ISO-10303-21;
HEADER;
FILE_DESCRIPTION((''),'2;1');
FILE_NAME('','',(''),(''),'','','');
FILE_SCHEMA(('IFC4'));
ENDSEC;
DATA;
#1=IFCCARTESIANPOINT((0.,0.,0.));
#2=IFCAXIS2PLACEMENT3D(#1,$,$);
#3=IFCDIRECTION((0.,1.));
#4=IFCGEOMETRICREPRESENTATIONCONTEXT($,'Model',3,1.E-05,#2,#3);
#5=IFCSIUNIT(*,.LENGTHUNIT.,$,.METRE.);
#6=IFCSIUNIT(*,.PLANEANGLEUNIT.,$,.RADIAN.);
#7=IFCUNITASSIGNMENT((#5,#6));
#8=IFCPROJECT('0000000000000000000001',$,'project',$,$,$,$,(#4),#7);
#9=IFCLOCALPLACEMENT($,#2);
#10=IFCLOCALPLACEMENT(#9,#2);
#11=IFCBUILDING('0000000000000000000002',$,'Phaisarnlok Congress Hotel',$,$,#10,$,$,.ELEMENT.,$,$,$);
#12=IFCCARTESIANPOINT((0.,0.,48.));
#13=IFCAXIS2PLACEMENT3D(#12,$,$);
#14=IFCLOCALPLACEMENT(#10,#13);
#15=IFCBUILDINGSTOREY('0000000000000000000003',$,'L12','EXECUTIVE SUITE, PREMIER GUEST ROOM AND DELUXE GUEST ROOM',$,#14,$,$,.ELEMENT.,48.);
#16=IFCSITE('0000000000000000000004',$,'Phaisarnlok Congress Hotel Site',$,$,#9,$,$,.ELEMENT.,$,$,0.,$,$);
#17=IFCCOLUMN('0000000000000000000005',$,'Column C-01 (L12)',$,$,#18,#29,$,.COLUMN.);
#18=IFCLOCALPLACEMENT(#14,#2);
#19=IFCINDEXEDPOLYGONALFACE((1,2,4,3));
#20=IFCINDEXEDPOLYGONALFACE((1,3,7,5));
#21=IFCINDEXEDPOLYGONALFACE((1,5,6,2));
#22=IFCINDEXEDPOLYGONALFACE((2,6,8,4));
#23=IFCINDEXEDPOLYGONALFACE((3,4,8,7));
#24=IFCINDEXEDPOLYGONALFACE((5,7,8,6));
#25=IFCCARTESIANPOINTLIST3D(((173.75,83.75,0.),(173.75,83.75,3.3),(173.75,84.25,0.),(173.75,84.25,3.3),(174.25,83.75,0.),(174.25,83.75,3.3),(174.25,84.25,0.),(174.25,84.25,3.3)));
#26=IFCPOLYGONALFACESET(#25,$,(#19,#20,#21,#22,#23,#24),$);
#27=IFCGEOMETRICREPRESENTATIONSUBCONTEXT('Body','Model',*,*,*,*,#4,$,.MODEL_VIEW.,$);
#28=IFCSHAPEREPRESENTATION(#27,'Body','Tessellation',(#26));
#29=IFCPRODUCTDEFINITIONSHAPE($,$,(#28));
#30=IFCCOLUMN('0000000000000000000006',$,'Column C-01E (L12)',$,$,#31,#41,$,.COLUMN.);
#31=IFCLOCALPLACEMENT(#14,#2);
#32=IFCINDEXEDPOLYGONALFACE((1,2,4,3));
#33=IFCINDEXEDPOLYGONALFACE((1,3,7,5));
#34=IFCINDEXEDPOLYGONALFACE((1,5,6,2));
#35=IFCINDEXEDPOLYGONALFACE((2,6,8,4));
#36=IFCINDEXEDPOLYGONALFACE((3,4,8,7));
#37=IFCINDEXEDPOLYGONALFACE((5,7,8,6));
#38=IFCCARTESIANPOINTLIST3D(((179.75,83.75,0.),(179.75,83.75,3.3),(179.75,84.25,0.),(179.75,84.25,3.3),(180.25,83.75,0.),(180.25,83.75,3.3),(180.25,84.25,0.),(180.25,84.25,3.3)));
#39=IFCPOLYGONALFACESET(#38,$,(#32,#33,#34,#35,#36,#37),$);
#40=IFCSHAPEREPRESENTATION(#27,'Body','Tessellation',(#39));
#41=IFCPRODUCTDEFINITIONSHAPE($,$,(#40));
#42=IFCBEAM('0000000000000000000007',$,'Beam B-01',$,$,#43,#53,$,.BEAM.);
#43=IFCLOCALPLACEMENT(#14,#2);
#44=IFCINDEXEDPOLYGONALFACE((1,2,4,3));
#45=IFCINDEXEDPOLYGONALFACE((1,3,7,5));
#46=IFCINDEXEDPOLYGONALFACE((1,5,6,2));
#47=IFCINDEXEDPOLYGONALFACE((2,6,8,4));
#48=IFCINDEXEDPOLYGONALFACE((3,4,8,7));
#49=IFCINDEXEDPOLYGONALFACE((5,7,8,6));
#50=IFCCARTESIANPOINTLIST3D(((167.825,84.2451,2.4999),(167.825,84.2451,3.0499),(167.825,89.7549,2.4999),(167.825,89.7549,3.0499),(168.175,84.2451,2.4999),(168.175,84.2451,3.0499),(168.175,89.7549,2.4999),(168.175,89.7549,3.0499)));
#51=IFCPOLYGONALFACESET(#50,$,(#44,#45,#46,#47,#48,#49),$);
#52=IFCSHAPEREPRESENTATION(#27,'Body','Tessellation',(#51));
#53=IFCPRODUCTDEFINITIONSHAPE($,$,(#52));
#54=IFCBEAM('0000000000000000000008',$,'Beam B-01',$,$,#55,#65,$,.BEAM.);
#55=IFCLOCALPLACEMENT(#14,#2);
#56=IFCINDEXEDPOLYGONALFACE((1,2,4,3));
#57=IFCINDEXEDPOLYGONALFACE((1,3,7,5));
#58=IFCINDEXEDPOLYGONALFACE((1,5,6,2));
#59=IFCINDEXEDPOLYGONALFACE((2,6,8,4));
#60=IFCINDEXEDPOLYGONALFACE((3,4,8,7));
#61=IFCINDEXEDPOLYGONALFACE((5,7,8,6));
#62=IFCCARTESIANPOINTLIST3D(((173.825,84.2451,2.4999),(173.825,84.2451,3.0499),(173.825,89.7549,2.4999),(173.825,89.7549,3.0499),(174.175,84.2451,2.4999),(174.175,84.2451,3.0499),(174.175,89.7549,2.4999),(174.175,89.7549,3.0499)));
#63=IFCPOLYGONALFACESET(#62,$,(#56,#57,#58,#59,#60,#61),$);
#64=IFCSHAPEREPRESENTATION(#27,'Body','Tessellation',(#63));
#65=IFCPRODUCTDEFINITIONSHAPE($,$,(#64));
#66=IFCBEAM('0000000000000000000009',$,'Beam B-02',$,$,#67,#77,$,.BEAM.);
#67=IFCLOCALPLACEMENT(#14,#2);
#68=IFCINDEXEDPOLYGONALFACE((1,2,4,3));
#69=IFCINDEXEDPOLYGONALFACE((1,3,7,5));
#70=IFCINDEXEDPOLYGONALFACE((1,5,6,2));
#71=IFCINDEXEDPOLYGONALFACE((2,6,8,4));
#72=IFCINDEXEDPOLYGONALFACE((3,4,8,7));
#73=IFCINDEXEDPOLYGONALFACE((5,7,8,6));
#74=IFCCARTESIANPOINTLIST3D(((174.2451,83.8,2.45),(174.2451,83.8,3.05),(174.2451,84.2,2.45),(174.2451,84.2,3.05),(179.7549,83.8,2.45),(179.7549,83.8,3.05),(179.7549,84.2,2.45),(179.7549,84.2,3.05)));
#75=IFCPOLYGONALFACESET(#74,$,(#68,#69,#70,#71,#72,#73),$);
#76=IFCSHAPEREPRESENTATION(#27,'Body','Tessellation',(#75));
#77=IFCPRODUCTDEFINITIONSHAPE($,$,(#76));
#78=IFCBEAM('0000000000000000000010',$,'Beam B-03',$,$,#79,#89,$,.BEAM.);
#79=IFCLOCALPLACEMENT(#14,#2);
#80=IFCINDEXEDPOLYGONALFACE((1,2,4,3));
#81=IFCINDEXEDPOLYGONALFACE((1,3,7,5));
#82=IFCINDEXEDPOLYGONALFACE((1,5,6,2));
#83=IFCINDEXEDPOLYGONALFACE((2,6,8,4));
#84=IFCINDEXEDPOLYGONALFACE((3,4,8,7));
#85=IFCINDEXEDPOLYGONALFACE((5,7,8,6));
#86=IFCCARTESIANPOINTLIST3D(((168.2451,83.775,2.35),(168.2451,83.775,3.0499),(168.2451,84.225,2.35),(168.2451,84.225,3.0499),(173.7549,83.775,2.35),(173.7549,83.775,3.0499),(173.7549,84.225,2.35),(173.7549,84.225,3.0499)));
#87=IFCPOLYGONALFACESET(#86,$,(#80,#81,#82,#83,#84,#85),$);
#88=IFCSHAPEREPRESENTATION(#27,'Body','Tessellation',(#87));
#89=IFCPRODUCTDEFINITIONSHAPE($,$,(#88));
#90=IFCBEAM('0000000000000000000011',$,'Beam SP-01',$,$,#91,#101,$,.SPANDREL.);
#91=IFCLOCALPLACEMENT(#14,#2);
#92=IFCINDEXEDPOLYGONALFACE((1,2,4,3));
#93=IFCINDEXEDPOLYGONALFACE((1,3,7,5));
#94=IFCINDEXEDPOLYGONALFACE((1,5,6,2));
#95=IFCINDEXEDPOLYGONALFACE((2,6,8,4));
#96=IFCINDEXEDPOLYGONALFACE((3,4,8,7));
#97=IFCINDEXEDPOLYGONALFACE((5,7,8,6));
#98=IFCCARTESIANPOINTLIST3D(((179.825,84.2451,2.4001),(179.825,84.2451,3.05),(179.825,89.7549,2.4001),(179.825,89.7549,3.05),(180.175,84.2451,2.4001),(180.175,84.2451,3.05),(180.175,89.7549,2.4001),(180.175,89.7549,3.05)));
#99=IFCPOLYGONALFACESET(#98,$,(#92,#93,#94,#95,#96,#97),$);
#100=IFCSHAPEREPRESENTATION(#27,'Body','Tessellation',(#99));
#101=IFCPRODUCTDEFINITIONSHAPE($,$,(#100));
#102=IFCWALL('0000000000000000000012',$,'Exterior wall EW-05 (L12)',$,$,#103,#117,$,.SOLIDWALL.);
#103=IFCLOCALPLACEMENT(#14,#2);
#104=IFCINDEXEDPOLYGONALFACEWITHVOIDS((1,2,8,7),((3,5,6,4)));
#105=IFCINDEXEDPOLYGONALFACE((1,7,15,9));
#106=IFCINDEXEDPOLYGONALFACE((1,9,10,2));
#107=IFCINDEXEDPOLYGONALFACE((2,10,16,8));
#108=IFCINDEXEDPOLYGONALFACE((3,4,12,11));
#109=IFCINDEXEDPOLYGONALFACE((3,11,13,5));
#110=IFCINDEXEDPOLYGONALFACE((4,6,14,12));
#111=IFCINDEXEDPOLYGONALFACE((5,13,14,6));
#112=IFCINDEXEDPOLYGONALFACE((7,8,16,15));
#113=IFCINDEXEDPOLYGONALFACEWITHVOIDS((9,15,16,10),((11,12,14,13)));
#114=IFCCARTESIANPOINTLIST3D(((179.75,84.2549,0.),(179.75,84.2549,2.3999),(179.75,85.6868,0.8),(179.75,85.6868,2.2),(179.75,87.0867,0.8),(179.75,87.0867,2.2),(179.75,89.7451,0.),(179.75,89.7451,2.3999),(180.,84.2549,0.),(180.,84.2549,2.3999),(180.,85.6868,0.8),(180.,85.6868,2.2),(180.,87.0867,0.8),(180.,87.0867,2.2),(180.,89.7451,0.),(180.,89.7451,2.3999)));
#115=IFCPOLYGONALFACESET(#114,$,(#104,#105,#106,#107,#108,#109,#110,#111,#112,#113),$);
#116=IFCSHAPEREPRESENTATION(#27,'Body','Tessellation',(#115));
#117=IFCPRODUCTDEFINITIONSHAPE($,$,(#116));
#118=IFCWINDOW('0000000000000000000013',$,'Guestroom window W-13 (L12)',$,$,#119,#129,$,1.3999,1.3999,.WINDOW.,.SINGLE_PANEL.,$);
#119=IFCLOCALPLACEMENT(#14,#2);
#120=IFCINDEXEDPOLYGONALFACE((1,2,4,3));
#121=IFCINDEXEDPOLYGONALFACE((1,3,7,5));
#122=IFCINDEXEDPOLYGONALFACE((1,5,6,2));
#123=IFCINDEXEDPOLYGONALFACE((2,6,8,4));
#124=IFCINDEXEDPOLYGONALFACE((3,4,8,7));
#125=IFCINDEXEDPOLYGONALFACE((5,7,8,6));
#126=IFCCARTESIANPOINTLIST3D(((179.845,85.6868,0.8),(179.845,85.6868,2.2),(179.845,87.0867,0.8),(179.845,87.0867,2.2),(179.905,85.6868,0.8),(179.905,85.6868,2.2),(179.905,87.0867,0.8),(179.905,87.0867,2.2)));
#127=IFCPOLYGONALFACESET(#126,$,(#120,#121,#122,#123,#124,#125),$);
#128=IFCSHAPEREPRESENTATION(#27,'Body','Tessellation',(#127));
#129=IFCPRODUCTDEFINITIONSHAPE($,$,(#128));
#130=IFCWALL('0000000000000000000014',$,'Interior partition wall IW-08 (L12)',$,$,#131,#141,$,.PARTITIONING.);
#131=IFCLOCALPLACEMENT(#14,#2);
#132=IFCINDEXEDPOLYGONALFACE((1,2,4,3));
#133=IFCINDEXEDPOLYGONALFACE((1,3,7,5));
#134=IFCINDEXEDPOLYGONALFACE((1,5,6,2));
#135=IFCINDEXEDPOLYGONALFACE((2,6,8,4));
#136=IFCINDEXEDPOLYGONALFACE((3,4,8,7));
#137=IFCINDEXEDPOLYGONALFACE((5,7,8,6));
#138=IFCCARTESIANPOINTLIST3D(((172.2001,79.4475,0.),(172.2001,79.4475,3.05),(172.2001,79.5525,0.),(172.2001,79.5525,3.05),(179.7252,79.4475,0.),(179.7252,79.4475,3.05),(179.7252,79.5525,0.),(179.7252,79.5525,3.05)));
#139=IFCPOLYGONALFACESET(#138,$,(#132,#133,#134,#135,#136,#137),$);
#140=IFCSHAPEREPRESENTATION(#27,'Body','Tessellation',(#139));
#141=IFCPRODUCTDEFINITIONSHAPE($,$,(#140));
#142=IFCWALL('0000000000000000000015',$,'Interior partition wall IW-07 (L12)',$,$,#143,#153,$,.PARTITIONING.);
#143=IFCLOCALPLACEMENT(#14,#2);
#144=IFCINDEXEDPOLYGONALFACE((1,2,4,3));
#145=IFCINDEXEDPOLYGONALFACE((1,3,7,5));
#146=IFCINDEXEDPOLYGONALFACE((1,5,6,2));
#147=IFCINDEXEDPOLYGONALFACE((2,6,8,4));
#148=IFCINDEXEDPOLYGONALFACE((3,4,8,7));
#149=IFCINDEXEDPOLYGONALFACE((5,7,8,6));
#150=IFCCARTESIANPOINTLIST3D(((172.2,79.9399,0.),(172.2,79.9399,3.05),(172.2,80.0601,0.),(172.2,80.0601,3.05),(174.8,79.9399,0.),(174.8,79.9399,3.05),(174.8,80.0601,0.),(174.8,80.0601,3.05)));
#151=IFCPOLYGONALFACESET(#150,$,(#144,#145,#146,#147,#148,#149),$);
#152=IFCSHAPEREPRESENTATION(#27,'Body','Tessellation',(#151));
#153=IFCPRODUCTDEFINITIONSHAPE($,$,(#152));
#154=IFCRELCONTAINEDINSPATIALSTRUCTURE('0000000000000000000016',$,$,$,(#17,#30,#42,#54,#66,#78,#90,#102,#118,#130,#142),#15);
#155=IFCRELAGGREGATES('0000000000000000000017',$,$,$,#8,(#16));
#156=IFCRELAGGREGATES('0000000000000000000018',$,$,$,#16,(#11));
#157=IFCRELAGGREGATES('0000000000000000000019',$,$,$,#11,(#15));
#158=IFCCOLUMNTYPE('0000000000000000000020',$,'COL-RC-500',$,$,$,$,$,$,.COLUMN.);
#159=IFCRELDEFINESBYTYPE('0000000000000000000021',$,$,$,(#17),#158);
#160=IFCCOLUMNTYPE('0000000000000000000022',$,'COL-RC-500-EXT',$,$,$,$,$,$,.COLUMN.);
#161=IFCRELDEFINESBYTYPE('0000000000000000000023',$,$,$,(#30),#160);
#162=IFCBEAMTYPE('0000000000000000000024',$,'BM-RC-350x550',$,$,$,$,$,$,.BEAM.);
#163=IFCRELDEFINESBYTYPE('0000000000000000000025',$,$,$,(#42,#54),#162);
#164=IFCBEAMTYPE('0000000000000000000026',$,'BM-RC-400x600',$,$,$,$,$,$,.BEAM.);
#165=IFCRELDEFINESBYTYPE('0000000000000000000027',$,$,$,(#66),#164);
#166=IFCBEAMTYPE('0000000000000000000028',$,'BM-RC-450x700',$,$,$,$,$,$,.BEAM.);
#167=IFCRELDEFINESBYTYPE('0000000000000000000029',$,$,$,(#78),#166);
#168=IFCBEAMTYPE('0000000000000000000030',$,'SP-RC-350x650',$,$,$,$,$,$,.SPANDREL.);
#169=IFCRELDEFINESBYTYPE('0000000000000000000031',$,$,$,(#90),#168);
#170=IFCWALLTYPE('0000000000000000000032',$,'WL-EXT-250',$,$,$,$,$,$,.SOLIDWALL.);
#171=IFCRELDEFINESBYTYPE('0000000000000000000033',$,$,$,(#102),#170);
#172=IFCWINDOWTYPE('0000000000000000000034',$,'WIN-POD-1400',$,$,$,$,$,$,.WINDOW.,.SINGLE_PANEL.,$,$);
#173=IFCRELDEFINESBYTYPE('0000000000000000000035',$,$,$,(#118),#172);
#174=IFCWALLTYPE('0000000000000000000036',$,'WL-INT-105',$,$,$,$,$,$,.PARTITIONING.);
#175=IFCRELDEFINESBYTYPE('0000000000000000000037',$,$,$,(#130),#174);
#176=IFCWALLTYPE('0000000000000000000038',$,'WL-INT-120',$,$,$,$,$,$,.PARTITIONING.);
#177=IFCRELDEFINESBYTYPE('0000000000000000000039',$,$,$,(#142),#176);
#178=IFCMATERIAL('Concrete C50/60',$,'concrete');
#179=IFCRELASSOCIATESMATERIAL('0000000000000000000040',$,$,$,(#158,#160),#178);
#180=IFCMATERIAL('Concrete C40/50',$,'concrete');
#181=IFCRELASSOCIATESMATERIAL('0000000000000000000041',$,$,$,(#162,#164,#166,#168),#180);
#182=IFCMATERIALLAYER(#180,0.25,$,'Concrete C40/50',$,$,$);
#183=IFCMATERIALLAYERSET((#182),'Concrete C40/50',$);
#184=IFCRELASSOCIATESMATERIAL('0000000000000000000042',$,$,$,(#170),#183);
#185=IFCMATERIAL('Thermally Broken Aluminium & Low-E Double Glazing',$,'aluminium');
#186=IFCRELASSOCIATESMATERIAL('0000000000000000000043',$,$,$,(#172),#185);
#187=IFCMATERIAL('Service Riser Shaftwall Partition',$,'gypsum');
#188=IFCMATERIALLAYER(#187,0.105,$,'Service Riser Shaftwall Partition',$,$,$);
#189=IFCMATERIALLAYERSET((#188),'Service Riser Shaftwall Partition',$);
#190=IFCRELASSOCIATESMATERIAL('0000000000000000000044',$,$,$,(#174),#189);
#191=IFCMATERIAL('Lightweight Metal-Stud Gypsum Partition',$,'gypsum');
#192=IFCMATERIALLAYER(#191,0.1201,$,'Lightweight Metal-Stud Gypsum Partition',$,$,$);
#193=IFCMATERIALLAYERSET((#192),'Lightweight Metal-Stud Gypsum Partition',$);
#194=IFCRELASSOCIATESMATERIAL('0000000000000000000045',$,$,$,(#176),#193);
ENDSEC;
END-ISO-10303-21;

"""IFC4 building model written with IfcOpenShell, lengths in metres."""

from ifc_helpers import new_model, si_unit, direction, frame, frame_2d, origin, origin_2d, place, context, subcontext, project, spatial, rectangle, extrude, material, layer, layer_set, material_profile, profile_set, type_object, element, fill, save


model = new_model("IFC4")

# Units and contexts
model_context = context("Model", 3, precision=1e-05, world=origin(), true_north=direction((0.0, 1.0)))
body_context = subcontext(model_context, "Body", "Model", "MODEL_VIEW")
ifc_project = project(units=[si_unit("LENGTHUNIT", "METRE"), si_unit("PLANEANGLEUNIT", "RADIAN")], contexts=[model_context])

# Site, building, storey
site_placement = place(None, origin())
site = spatial("IfcSite", under=ifc_project, at=site_placement, Name="Phaisarnlok Congress Hotel Site", CompositionType="ELEMENT", RefElevation=0.0)
building_placement = place(site_placement, origin())
building = spatial("IfcBuilding", under=site, at=building_placement, Name="Phaisarnlok Congress Hotel", CompositionType="ELEMENT")
storey_placement = place(building_placement, frame((0.0, 0.0, 48.0)))
storey = spatial("IfcBuildingStorey", under=building, at=storey_placement, Name="L12", Description="EXECUTIVE SUITE, PREMIER GUEST ROOM AND DELUXE GUEST ROOM", CompositionType="ELEMENT", Elevation=48.0)

# Columns
ifc_material_1 = material(Name="Concrete C50/60", Category="concrete")
ifc_material_profile_1 = material_profile(ifc_material_1, rectangle(XDim=0.5, YDim=0.5, at=origin_2d()), Name="RC 500x500")
ifc_profile_set_1 = profile_set([ifc_material_profile_1], Name="Concrete C50/60")
column_type_1 = type_object("IfcColumnType", Name="COL-RC-500", PredefinedType="COLUMN", material=ifc_profile_set_1)
column_1_placement = place(storey_placement, frame((174.0, 84.0, 0.0), z_axis=(0.0, 0.0, 1.0), x_axis=(1.0, 0.0, 0.0)))
element("IfcColumn", 1, at=column_1_placement, inside=storey, type_object=column_type_1, Name="Column C-01 (L12)", PredefinedType="COLUMN", context=body_context, shape_type="SweptSolid", body=[
    extrude(rectangle(XDim=0.5, YDim=0.5, at=origin_2d()), origin(), (0.0, 0.0, 1.0), 3.3),
])
ifc_material_profile_2 = material_profile(ifc_material_1, rectangle(XDim=0.5, YDim=0.5, at=origin_2d()), Name="RC 500x500")
ifc_profile_set_2 = profile_set([ifc_material_profile_2], Name="Concrete C50/60")
column_type_2 = type_object("IfcColumnType", Name="COL-RC-500-EXT", PredefinedType="COLUMN", material=ifc_profile_set_2)
column_2_placement = place(storey_placement, frame((180.0, 84.0, 0.0), z_axis=(0.0, 0.0, 1.0), x_axis=(1.0, 0.0, 0.0)))
element("IfcColumn", 2, at=column_2_placement, inside=storey, type_object=column_type_2, Name="Column C-01E (L12)", PredefinedType="COLUMN", context=body_context, shape_type="SweptSolid", body=[
    extrude(rectangle(XDim=0.5, YDim=0.5, at=origin_2d()), origin(), (0.0, 0.0, 1.0), 3.3),
])

# Beams
ifc_material_2 = material(Name="Concrete C40/50", Category="concrete")
ifc_material_profile_3 = material_profile(ifc_material_2, rectangle(XDim=0.3501, YDim=0.55, at=origin_2d()), Name="RC 350x550")
ifc_profile_set_3 = profile_set([ifc_material_profile_3], Name="Concrete C40/50")
beam_type_1 = type_object("IfcBeamType", Name="BM-RC-350x550", PredefinedType="BEAM", material=ifc_profile_set_3)
for number, where, z_axis, x_axis, name in (
    (3, (168.0, 84.2451, 2.7749), (0.0, 1.0, 0.0), (-1.0, 0.0, 0.0), "Beam B-01"),
    (4, (174.0, 84.2451, 2.7749), (0.0, 1.0, 0.0), (-1.0, 0.0, 0.0), "Beam B-01"),
):
    element("IfcBeam", number, at=place(storey_placement, frame(where, z_axis=z_axis, x_axis=x_axis)), inside=storey, type_object=beam_type_1, Name=name, PredefinedType="BEAM", context=body_context, shape_type="SweptSolid", body=[
        extrude(rectangle(XDim=0.3501, YDim=0.55, at=origin_2d()), origin(), (0.0, 0.0, 1.0), 5.5098),
    ])
ifc_material_profile_4 = material_profile(ifc_material_2, rectangle(XDim=0.3999, YDim=0.6001, at=origin_2d()), Name="RC 400x600")
ifc_profile_set_4 = profile_set([ifc_material_profile_4], Name="Concrete C40/50")
beam_type_2 = type_object("IfcBeamType", Name="BM-RC-400x600", PredefinedType="BEAM", material=ifc_profile_set_4)
beam_1_placement = place(storey_placement, frame((174.2451, 84.0, 2.75), z_axis=(1.0, 0.0, 0.0), x_axis=(0.0, 1.0, 0.0)))
element("IfcBeam", 5, at=beam_1_placement, inside=storey, type_object=beam_type_2, Name="Beam B-02", PredefinedType="BEAM", context=body_context, shape_type="SweptSolid", body=[
    extrude(rectangle(XDim=0.3999, YDim=0.6001, at=origin_2d()), origin(), (0.0, 0.0, 1.0), 5.5098),
])
ifc_material_profile_5 = material_profile(ifc_material_2, rectangle(XDim=0.45, YDim=0.7, at=origin_2d()), Name="RC 450x700")
ifc_profile_set_5 = profile_set([ifc_material_profile_5], Name="Concrete C40/50")
beam_type_3 = type_object("IfcBeamType", Name="BM-RC-450x700", PredefinedType="BEAM", material=ifc_profile_set_5)
beam_2_placement = place(storey_placement, frame((168.2451, 84.0, 2.7), z_axis=(1.0, 0.0, 0.0), x_axis=(0.0, 1.0, 0.0)))
element("IfcBeam", 6, at=beam_2_placement, inside=storey, type_object=beam_type_3, Name="Beam B-03", PredefinedType="BEAM", context=body_context, shape_type="SweptSolid", body=[
    extrude(rectangle(XDim=0.45, YDim=0.7, at=origin_2d()), origin(), (0.0, 0.0, 1.0), 5.5098),
])
ifc_material_profile_6 = material_profile(ifc_material_2, rectangle(XDim=0.3501, YDim=0.6499, at=origin_2d()), Name="RC 350x650")
ifc_profile_set_6 = profile_set([ifc_material_profile_6], Name="Concrete C40/50")
beam_type_4 = type_object("IfcBeamType", Name="SP-RC-350x650", PredefinedType="SPANDREL", material=ifc_profile_set_6)
beam_3_placement = place(storey_placement, frame((180.0, 84.2451, 2.7251), z_axis=(0.0, 1.0, 0.0), x_axis=(-1.0, 0.0, 0.0)))
element("IfcBeam", 7, at=beam_3_placement, inside=storey, type_object=beam_type_4, Name="Beam SP-01", PredefinedType="SPANDREL", context=body_context, shape_type="SweptSolid", body=[
    extrude(rectangle(XDim=0.3501, YDim=0.6499, at=origin_2d()), origin(), (0.0, 0.0, 1.0), 5.5098),
])

# Wall, opening, window
ifc_layer_1 = layer(ifc_material_2, 0.25, Name="Concrete C40/50")
ifc_layer_set_1 = layer_set([ifc_layer_1], Name="Concrete C40/50")
wall_type_1 = type_object("IfcWallType", Name="WL-EXT-250", PredefinedType="SOLIDWALL", material=ifc_layer_set_1)
wall_1_placement = place(storey_placement, frame((179.875, 84.2549, 0.0), z_axis=(0.0, 0.0, 1.0), x_axis=(0.0, 1.0, 0.0)))
wall_1 = element("IfcWall", 8, at=wall_1_placement, inside=storey, type_object=wall_type_1, Name="Exterior wall EW-05 (L12)", PredefinedType="SOLIDWALL", context=body_context, shape_type="SweptSolid", body=[
    extrude(rectangle(XDim=5.4902, YDim=0.25, at=frame_2d((2.7451, 0.0))), origin(), (0.0, 0.0, 1.0), 2.3999),
])
opening_1_placement = place(wall_1_placement, frame((1.4319, 0.0, 0.8)))
opening_1 = element("IfcOpeningElement", 9, at=opening_1_placement, cuts=wall_1, PredefinedType="OPENING", context=body_context, shape_type="SweptSolid", body=[
    extrude(rectangle(XDim=1.3999, YDim=1.3999, at=frame_2d((0.7, 0.7))), frame((0.0, 0.135, 0.0), z_axis=(0.0, -1.0, 0.0), x_axis=(1.0, 0.0, 0.0)), (0.0, 0.0, 1.0), 0.27),
])
ifc_material_3 = material(Name="Thermally Broken Aluminium & Low-E Double Glazing", Category="aluminium")
window_type = type_object("IfcWindowType", Name="WIN-POD-1400", PartitioningType="SINGLE_PANEL", PredefinedType="WINDOW", material=ifc_material_3)
window_placement = place(opening_1_placement, origin())
window = element("IfcWindow", 10, at=window_placement, inside=storey, type_object=window_type, Name="Guestroom window W-13 (L12)", OverallHeight=1.3999, OverallWidth=1.3999, PartitioningType="SINGLE_PANEL", PredefinedType="WINDOW", context=body_context, shape_type="SweptSolid", body=[
    extrude(rectangle(XDim=1.3999, YDim=1.3999, at=frame_2d((0.7, 0.7))), frame((0.0, 0.03, 0.0), z_axis=(0.0, -1.0, 0.0), x_axis=(1.0, 0.0, 0.0)), (0.0, 0.0, 1.0), 0.0601),
])
fill(opening_1, window)

# Walls
ifc_material_4 = material(Name="Service Riser Shaftwall Partition", Category="gypsum")
ifc_layer_2 = layer(ifc_material_4, 0.105, Name="Service Riser Shaftwall Partition")
ifc_layer_set_2 = layer_set([ifc_layer_2], Name="Service Riser Shaftwall Partition")
wall_type_2 = type_object("IfcWallType", Name="WL-INT-105", PredefinedType="PARTITIONING", material=ifc_layer_set_2)
wall_2_placement = place(storey_placement, frame((172.2, 79.5, 0.0), z_axis=(0.0, 0.0, 1.0), x_axis=(1.0, 0.0, 0.0)))
element("IfcWall", 11, at=wall_2_placement, inside=storey, type_object=wall_type_2, Name="Interior partition wall IW-08 (L12)", PredefinedType="PARTITIONING", context=body_context, shape_type="SweptSolid", body=[
    extrude(rectangle(XDim=7.5251, YDim=0.105, at=frame_2d((3.7627, 0.0))), origin(), (0.0, 0.0, 1.0), 3.05),
])
ifc_material_5 = material(Name="Lightweight Metal-Stud Gypsum Partition", Category="gypsum")
ifc_layer_3 = layer(ifc_material_5, 0.1201, Name="Lightweight Metal-Stud Gypsum Partition")
ifc_layer_set_3 = layer_set([ifc_layer_3], Name="Lightweight Metal-Stud Gypsum Partition")
wall_type_3 = type_object("IfcWallType", Name="WL-INT-120", PredefinedType="PARTITIONING", material=ifc_layer_set_3)
wall_3_placement = place(storey_placement, frame((172.2, 80.0, 0.0), z_axis=(0.0, 0.0, 1.0), x_axis=(1.0, 0.0, 0.0)))
element("IfcWall", 12, at=wall_3_placement, inside=storey, type_object=wall_type_3, Name="Interior partition wall IW-07 (L12)", PredefinedType="PARTITIONING", context=body_context, shape_type="SweptSolid", body=[
    extrude(rectangle(XDim=2.6001, YDim=0.1201, at=frame_2d((1.3, 0.0))), origin(), (0.0, 0.0, 1.0), 3.05),
])

save(model, "model.ifc")
